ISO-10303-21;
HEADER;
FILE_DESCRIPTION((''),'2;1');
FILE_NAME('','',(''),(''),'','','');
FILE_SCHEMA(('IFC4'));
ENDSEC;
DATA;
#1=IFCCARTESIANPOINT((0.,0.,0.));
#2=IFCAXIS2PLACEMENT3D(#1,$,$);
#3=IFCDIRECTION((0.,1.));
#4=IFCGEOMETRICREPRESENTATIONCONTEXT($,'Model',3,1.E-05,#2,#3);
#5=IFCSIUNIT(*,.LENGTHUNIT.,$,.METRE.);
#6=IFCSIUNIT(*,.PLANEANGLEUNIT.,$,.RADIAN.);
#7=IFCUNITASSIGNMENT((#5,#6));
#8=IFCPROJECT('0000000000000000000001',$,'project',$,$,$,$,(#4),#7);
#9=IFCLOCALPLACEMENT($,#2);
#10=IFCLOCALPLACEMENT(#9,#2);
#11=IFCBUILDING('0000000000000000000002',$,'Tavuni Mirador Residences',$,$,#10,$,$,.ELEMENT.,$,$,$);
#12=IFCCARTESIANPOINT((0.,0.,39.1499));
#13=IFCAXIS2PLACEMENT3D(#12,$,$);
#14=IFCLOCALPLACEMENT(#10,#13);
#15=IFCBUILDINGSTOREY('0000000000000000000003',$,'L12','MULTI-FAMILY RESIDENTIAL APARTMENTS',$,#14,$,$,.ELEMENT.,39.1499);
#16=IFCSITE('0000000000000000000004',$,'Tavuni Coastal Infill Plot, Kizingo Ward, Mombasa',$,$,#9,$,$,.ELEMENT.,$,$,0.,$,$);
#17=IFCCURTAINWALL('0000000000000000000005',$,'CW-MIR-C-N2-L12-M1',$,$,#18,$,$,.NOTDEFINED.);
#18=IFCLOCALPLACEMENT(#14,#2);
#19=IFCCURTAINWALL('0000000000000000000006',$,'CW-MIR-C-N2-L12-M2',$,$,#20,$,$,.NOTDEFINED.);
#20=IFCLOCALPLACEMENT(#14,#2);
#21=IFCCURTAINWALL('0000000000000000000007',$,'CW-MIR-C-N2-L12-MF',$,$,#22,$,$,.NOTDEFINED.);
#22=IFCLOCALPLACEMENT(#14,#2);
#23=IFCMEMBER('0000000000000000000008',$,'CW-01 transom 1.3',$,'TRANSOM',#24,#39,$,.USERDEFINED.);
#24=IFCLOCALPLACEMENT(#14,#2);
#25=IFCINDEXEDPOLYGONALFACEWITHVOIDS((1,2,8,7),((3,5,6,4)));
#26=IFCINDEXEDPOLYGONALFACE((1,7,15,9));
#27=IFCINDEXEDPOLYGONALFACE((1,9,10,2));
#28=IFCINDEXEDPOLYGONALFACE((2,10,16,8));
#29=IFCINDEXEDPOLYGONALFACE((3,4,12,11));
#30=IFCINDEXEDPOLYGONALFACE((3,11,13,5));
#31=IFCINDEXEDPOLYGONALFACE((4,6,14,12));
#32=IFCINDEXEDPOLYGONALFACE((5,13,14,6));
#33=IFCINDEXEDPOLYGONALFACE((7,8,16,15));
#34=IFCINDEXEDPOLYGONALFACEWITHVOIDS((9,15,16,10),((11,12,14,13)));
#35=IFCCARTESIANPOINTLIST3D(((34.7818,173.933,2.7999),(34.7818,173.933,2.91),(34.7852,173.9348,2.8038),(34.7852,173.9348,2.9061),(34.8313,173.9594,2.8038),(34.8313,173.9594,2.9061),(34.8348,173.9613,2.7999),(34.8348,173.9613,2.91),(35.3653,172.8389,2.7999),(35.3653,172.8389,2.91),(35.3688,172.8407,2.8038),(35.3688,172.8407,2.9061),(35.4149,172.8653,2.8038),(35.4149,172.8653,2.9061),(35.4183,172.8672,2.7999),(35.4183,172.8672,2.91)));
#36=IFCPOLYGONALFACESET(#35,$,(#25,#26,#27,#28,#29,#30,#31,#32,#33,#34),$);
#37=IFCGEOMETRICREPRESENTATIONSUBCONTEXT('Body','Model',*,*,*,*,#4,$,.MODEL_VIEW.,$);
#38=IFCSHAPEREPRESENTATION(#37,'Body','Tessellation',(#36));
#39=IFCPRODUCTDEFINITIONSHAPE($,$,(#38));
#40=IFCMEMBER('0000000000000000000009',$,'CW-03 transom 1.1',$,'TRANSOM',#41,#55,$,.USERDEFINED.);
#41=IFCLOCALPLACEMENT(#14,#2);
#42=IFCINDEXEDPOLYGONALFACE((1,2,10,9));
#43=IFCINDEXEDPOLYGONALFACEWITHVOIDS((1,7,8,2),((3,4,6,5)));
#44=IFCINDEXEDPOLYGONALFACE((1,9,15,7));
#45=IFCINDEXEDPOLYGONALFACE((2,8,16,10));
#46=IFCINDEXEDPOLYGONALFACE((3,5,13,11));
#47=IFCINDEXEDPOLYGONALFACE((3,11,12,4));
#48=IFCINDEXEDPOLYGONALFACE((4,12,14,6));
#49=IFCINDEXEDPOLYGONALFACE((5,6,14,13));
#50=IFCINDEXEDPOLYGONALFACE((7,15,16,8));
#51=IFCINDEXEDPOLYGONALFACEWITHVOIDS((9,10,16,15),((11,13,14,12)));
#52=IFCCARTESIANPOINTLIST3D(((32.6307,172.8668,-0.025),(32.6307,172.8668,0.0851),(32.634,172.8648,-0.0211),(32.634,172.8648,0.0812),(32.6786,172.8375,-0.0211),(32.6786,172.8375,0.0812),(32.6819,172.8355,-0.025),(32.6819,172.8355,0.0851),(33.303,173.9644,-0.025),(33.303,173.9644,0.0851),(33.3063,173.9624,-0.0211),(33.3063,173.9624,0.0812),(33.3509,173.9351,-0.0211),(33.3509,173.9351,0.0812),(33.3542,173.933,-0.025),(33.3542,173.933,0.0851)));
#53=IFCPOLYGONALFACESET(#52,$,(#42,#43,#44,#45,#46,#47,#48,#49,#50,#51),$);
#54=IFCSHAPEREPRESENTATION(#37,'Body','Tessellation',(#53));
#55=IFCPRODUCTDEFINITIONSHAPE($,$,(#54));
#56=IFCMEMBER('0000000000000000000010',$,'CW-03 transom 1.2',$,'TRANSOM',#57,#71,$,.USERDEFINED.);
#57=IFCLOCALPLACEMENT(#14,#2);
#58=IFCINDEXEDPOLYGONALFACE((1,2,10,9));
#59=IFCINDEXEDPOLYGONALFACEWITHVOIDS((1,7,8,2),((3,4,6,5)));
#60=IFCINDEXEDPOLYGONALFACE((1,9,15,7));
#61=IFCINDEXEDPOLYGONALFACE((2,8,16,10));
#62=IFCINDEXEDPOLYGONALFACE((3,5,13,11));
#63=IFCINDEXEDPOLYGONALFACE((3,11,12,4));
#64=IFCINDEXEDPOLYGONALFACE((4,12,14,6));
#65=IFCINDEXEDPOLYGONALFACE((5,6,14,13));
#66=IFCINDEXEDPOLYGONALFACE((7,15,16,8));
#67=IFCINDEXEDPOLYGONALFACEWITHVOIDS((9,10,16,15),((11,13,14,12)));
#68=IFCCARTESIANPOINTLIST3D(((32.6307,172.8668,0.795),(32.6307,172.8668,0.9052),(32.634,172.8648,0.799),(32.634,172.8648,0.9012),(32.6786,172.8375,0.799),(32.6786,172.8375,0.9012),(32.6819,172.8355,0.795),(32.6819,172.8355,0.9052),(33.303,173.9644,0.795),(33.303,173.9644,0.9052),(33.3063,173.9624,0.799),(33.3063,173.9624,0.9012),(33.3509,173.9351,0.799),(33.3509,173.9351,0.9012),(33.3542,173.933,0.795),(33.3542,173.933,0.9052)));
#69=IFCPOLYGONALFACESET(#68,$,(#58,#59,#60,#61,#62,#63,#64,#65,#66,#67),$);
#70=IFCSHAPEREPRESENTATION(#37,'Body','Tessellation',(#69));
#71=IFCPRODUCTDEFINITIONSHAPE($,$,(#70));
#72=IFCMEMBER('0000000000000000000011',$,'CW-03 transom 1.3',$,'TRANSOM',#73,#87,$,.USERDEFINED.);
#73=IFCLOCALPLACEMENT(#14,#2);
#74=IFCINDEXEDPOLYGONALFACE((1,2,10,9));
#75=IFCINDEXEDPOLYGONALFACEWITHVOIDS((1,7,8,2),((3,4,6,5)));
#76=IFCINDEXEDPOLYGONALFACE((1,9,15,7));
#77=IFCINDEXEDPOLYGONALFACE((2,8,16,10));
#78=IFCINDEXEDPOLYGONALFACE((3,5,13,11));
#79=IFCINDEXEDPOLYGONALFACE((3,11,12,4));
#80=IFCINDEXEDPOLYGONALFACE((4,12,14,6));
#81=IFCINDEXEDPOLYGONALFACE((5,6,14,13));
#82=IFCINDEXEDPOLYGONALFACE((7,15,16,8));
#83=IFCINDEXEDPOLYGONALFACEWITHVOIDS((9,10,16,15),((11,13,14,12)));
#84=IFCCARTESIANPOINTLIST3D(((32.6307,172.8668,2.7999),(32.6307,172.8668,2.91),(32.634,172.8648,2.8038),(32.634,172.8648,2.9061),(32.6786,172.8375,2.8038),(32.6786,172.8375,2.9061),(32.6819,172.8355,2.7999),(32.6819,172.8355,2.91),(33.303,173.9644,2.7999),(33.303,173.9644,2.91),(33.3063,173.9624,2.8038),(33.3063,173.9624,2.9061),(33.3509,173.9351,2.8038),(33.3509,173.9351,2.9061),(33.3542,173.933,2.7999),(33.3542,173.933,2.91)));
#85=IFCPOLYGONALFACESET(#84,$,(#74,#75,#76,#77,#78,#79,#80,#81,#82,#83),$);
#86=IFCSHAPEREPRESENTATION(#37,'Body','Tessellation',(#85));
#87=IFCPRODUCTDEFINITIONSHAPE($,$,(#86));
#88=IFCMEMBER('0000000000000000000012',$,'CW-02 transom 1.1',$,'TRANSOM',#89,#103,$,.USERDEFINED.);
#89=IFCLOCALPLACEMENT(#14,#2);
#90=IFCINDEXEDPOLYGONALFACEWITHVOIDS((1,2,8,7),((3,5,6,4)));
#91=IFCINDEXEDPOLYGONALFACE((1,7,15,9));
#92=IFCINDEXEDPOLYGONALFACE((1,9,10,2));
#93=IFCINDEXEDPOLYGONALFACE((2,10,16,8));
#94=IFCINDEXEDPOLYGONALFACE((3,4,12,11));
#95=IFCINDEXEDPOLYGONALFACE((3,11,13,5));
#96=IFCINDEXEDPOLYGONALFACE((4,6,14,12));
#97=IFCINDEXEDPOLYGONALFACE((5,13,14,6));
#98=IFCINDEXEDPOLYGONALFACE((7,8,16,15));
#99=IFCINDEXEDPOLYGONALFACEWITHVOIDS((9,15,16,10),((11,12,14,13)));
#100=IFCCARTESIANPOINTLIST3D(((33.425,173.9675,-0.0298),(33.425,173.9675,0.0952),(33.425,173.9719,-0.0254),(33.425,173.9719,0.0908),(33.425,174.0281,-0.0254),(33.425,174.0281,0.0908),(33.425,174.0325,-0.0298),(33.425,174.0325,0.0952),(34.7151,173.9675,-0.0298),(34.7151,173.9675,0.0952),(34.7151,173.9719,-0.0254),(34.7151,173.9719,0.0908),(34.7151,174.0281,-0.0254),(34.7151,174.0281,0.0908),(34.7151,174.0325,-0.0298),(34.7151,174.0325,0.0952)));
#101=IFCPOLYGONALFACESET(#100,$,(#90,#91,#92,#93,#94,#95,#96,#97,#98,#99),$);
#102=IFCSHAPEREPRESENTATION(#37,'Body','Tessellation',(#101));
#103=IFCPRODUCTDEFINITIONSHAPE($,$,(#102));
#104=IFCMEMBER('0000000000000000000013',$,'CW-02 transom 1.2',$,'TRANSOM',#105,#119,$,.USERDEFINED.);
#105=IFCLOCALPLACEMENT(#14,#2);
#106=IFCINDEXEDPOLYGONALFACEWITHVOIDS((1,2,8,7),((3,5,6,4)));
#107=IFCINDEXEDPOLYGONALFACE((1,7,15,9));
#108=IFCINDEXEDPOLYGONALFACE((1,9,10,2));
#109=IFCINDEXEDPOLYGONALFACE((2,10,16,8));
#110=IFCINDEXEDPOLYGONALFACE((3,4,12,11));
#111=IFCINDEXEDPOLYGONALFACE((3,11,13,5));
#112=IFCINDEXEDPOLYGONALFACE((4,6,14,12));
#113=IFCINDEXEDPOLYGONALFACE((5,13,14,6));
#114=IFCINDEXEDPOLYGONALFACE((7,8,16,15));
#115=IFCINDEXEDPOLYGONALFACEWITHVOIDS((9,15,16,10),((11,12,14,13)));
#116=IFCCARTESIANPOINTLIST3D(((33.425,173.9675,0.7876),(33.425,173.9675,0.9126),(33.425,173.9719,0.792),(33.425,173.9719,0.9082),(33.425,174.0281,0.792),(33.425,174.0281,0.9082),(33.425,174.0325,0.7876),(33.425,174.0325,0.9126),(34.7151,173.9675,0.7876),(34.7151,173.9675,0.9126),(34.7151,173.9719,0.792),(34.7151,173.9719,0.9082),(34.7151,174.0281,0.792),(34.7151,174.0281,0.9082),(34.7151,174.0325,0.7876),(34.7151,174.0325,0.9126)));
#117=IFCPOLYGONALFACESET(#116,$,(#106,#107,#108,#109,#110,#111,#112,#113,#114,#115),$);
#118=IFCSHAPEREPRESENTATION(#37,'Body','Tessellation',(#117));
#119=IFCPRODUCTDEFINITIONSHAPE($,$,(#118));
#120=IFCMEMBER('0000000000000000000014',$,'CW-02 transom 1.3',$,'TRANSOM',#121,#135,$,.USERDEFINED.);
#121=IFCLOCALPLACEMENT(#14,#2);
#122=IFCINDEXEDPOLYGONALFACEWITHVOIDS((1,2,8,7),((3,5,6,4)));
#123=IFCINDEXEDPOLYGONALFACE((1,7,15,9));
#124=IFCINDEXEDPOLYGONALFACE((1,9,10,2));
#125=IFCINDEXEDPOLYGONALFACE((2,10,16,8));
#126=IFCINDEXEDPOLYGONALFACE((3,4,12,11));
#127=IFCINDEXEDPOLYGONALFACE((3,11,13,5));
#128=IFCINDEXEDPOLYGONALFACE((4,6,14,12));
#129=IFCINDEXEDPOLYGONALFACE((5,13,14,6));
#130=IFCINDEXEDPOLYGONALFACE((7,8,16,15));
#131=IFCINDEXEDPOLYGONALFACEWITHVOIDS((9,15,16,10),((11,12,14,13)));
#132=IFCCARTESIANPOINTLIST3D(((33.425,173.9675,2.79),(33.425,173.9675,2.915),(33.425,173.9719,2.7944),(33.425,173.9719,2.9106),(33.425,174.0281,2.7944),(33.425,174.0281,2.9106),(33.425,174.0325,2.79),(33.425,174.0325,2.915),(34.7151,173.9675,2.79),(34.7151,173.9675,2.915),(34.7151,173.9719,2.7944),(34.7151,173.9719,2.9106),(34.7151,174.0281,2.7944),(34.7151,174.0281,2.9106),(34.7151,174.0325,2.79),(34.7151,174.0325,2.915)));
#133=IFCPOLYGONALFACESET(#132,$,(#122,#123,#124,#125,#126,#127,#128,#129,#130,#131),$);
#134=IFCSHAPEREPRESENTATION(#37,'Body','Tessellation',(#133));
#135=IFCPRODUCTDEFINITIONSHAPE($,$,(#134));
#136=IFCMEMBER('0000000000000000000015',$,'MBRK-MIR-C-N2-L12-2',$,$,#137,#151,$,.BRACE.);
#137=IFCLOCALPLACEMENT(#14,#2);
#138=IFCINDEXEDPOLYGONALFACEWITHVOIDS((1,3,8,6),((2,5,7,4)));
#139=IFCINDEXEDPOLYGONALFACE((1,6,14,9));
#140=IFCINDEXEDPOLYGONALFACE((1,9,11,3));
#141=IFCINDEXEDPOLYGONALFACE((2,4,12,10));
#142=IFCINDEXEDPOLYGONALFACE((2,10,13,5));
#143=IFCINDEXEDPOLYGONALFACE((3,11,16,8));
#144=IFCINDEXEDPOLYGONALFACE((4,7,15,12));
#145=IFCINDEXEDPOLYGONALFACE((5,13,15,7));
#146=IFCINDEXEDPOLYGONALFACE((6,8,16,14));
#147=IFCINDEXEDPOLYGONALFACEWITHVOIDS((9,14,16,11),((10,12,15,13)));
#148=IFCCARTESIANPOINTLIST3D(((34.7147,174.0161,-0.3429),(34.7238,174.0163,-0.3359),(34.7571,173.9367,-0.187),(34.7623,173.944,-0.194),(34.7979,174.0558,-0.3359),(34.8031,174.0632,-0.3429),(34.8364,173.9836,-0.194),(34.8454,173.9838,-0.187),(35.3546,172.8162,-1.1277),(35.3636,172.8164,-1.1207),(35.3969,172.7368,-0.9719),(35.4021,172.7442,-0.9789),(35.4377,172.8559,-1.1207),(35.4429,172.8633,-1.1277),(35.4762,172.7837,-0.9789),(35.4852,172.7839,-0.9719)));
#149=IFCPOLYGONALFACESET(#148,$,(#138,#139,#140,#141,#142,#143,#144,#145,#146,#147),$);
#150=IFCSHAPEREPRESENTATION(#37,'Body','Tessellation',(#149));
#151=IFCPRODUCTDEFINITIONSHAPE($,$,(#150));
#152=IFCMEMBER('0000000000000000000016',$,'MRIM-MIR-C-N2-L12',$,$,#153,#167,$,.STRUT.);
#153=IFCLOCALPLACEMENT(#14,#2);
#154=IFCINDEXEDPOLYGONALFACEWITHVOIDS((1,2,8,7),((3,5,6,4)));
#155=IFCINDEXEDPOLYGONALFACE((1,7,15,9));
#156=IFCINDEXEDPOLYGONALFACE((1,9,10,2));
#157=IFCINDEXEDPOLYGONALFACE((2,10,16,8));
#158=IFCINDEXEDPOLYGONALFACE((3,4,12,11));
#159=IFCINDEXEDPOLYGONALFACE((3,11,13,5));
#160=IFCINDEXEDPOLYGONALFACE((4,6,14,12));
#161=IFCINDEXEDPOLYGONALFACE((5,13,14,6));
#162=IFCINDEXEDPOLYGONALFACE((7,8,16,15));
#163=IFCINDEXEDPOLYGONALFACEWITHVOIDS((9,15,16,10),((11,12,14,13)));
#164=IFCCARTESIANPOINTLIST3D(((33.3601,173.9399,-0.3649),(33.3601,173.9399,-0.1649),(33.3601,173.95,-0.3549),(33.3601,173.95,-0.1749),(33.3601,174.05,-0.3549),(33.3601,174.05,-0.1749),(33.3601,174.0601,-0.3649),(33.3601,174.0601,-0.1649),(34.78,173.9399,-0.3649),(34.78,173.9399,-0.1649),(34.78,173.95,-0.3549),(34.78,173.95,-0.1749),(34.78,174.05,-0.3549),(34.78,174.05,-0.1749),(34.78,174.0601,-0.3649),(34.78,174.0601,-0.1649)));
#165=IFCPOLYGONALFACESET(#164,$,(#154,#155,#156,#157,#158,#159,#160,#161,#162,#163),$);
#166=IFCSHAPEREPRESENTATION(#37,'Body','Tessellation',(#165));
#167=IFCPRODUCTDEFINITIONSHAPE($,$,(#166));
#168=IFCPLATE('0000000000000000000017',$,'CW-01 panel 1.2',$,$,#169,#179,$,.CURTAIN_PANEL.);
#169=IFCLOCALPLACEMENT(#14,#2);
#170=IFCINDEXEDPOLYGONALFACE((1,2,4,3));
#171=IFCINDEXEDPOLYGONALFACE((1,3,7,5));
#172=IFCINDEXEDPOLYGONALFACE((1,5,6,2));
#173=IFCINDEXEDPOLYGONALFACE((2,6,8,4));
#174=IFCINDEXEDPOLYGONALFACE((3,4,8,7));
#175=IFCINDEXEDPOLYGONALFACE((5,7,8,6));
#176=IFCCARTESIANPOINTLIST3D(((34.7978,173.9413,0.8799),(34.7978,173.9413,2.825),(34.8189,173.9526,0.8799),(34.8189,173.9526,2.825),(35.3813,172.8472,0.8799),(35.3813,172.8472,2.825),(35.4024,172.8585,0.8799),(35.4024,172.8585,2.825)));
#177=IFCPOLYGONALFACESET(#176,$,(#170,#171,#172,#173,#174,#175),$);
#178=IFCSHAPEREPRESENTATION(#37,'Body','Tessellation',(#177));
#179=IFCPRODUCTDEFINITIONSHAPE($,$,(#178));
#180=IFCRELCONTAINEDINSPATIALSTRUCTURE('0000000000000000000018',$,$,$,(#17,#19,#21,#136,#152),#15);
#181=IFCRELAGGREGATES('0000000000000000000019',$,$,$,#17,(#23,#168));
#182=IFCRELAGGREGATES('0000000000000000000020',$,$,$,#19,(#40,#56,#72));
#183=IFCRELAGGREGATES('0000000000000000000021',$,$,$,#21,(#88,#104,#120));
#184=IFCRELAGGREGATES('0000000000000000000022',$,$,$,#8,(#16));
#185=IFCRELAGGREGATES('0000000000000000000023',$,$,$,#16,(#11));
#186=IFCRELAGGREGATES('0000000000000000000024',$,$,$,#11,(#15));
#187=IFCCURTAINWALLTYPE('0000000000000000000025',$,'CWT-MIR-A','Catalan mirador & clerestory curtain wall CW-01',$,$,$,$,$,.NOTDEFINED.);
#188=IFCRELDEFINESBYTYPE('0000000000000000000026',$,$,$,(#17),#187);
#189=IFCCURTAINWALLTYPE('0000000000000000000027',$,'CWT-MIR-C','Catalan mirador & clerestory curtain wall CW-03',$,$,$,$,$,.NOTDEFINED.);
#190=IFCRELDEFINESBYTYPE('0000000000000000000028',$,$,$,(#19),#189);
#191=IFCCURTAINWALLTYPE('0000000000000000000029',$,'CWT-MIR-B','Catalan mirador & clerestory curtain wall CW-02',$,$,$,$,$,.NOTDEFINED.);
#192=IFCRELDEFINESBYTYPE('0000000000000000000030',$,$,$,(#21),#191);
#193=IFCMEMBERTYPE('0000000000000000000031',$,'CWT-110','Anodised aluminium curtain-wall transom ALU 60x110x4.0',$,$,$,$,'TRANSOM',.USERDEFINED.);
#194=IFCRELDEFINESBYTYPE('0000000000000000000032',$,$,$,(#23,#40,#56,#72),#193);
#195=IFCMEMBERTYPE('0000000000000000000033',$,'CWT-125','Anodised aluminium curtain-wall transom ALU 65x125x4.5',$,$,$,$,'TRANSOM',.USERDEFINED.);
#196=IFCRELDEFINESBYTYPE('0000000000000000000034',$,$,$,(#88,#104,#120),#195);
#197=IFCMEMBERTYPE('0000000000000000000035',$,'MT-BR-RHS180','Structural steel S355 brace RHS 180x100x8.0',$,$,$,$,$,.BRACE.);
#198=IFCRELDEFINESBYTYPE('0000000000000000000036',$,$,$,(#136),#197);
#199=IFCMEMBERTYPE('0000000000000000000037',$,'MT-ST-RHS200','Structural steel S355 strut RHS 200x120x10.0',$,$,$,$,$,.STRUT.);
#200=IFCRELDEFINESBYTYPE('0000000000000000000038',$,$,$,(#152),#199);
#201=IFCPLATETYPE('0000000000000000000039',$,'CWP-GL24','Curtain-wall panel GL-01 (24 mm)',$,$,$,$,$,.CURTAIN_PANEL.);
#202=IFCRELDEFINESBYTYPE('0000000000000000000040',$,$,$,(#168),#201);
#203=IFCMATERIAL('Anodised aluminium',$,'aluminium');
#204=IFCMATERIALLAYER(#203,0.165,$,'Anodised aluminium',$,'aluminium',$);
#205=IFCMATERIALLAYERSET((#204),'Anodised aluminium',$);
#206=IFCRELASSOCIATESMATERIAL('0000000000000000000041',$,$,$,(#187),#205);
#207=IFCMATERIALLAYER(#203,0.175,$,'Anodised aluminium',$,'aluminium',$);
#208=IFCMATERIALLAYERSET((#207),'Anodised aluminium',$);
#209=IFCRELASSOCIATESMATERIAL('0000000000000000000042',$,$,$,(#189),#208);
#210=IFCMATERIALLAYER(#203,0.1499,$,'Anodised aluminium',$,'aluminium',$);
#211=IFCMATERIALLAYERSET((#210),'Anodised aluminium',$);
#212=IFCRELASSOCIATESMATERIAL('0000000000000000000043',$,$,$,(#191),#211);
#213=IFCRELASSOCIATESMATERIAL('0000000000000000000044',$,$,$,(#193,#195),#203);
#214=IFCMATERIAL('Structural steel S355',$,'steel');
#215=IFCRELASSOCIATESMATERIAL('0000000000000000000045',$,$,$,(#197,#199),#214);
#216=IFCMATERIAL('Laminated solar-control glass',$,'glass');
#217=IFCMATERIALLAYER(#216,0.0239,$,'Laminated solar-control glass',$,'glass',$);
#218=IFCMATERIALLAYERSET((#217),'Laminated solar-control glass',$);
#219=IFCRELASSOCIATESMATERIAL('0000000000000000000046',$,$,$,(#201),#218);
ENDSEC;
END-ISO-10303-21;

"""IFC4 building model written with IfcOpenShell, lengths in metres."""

from ifc_helpers import new_model, si_unit, direction, frame, origin, origin_2d, place, context, subcontext, project, spatial, rectangle, hollow_rectangle, extrude, material, layer, layer_set, material_profile, profile_set, type_object, element, aggregate, save


model = new_model("IFC4")

# Units and contexts
model_context = context("Model", 3, precision=1e-05, world=origin(), true_north=direction((0.0, 1.0)))
body_context = subcontext(model_context, "Body", "Model", "MODEL_VIEW")
ifc_project = project(units=[si_unit("LENGTHUNIT", "METRE"), si_unit("PLANEANGLEUNIT", "RADIAN")], contexts=[model_context])

# Site, building, storey
site_placement = place(None, origin())
site = spatial("IfcSite", under=ifc_project, at=site_placement, Name="Tavuni Coastal Infill Plot, Kizingo Ward, Mombasa", CompositionType="ELEMENT", RefElevation=0.0)
building_placement = place(site_placement, origin())
building = spatial("IfcBuilding", under=site, at=building_placement, Name="Tavuni Mirador Residences", CompositionType="ELEMENT")
storey_placement = place(building_placement, frame((0.0, 0.0, 39.1499)))
storey = spatial("IfcBuildingStorey", under=building, at=storey_placement, Name="L12", Description="MULTI-FAMILY RESIDENTIAL APARTMENTS", CompositionType="ELEMENT", Elevation=39.1499)

# Curtain walls
ifc_material_1 = material(Name="Anodised aluminium", Category="aluminium")
ifc_layer_1 = layer(ifc_material_1, 0.165, Name="Anodised aluminium", Category="aluminium")
ifc_layer_set_1 = layer_set([ifc_layer_1], Name="Anodised aluminium")
curtain_wall_type_1 = type_object("IfcCurtainWallType", Name="CWT-MIR-A", Description="Catalan mirador & clerestory curtain wall CW-01", PredefinedType="NOTDEFINED", material=ifc_layer_set_1)
curtain_wall_1_placement = place(storey_placement, origin())
curtain_wall_1 = element("IfcCurtainWall", 1, at=curtain_wall_1_placement, inside=storey, type_object=curtain_wall_type_1, Name="CW-MIR-C-N2-L12-M1", PredefinedType="NOTDEFINED")
ifc_layer_2 = layer(ifc_material_1, 0.175, Name="Anodised aluminium", Category="aluminium")
ifc_layer_set_2 = layer_set([ifc_layer_2], Name="Anodised aluminium")
curtain_wall_type_2 = type_object("IfcCurtainWallType", Name="CWT-MIR-C", Description="Catalan mirador & clerestory curtain wall CW-03", PredefinedType="NOTDEFINED", material=ifc_layer_set_2)
curtain_wall_2_placement = place(storey_placement, origin())
curtain_wall_2 = element("IfcCurtainWall", 2, at=curtain_wall_2_placement, inside=storey, type_object=curtain_wall_type_2, Name="CW-MIR-C-N2-L12-M2", PredefinedType="NOTDEFINED")
ifc_layer_3 = layer(ifc_material_1, 0.1499, Name="Anodised aluminium", Category="aluminium")
ifc_layer_set_3 = layer_set([ifc_layer_3], Name="Anodised aluminium")
curtain_wall_type_3 = type_object("IfcCurtainWallType", Name="CWT-MIR-B", Description="Catalan mirador & clerestory curtain wall CW-02", PredefinedType="NOTDEFINED", material=ifc_layer_set_3)
curtain_wall_3_placement = place(storey_placement, origin())
curtain_wall_3 = element("IfcCurtainWall", 3, at=curtain_wall_3_placement, inside=storey, type_object=curtain_wall_type_3, Name="CW-MIR-C-N2-L12-MF", PredefinedType="NOTDEFINED")

# Members
ifc_material_profile_1 = material_profile(ifc_material_1, hollow_rectangle(XDim=0.0601, YDim=0.1101, WallThickness=0.0039, at=origin_2d()), Name="ALU 60x110x4.0", Category="aluminium")
ifc_profile_set_1 = profile_set([ifc_material_profile_1], Name="Anodised aluminium")
member_type_1 = type_object("IfcMemberType", Name="CWT-110", Description="Anodised aluminium curtain-wall transom ALU 60x110x4.0", ElementType="TRANSOM", PredefinedType="USERDEFINED", material=ifc_profile_set_1)
member_1_placement = place(storey_placement, frame((35.3918, 172.853, 2.855), z_axis=(-0.470609, 0.882342, 0.0), x_axis=(-0.882342, -0.470609, 0.0)))
member_1 = element("IfcMember", 4, at=member_1_placement, type_object=member_type_1, Name="CW-01 transom 1.3", ObjectType="TRANSOM", PredefinedType="USERDEFINED", context=body_context, shape_type="SweptSolid", body=[
    extrude(hollow_rectangle(XDim=0.0601, YDim=0.1101, WallThickness=0.0039, at=origin_2d()), origin(), (0.0, 0.0, 1.0), 1.24),
])
member_2_placement = place(storey_placement, frame((33.3286, 173.9487, 0.03), z_axis=(-0.52234, -0.852738, 0.0), x_axis=(0.852738, -0.52234, 0.0)))
member_2 = element("IfcMember", 5, at=member_2_placement, type_object=member_type_1, Name="CW-03 transom 1.1", ObjectType="TRANSOM", PredefinedType="USERDEFINED", context=body_context, shape_type="SweptSolid", body=[
    extrude(hollow_rectangle(XDim=0.0601, YDim=0.1101, WallThickness=0.0039, at=origin_2d()), origin(), (0.0, 0.0, 1.0), 1.2871),
])
member_3_placement = place(storey_placement, frame((33.3286, 173.9487, 0.8501), z_axis=(-0.52234, -0.852738, 0.0), x_axis=(0.852738, -0.52234, 0.0)))
member_3 = element("IfcMember", 6, at=member_3_placement, type_object=member_type_1, Name="CW-03 transom 1.2", ObjectType="TRANSOM", PredefinedType="USERDEFINED", context=body_context, shape_type="SweptSolid", body=[
    extrude(hollow_rectangle(XDim=0.0601, YDim=0.1101, WallThickness=0.0039, at=origin_2d()), origin(), (0.0, 0.0, 1.0), 1.2871),
])
member_4_placement = place(storey_placement, frame((33.3286, 173.9487, 2.855), z_axis=(-0.52234, -0.852738, 0.0), x_axis=(0.852738, -0.52234, 0.0)))
member_4 = element("IfcMember", 7, at=member_4_placement, type_object=member_type_1, Name="CW-03 transom 1.3", ObjectType="TRANSOM", PredefinedType="USERDEFINED", context=body_context, shape_type="SweptSolid", body=[
    extrude(hollow_rectangle(XDim=0.0601, YDim=0.1101, WallThickness=0.0039, at=origin_2d()), origin(), (0.0, 0.0, 1.0), 1.2871),
])
ifc_material_profile_2 = material_profile(ifc_material_1, hollow_rectangle(XDim=0.0649, YDim=0.125, WallThickness=0.0044, at=origin_2d()), Name="ALU 65x125x4.5", Category="aluminium")
ifc_profile_set_2 = profile_set([ifc_material_profile_2], Name="Anodised aluminium")
member_type_2 = type_object("IfcMemberType", Name="CWT-125", Description="Anodised aluminium curtain-wall transom ALU 65x125x4.5", ElementType="TRANSOM", PredefinedType="USERDEFINED", material=ifc_profile_set_2)
member_5_placement = place(storey_placement, frame((34.7151, 174.0, 0.0327), z_axis=(-1.0, 0.0, 0.0), x_axis=(0.0, -1.0, 0.0)))
member_5 = element("IfcMember", 8, at=member_5_placement, type_object=member_type_2, Name="CW-02 transom 1.1", ObjectType="TRANSOM", PredefinedType="USERDEFINED", context=body_context, shape_type="SweptSolid", body=[
    extrude(hollow_rectangle(XDim=0.0649, YDim=0.125, WallThickness=0.0044, at=origin_2d()), origin(), (0.0, 0.0, 1.0), 1.29),
])
member_6_placement = place(storey_placement, frame((34.7151, 174.0, 0.8501), z_axis=(-1.0, 0.0, 0.0), x_axis=(0.0, -1.0, 0.0)))
member_6 = element("IfcMember", 9, at=member_6_placement, type_object=member_type_2, Name="CW-02 transom 1.2", ObjectType="TRANSOM", PredefinedType="USERDEFINED", context=body_context, shape_type="SweptSolid", body=[
    extrude(hollow_rectangle(XDim=0.0649, YDim=0.125, WallThickness=0.0044, at=origin_2d()), origin(), (0.0, 0.0, 1.0), 1.29),
])
member_7_placement = place(storey_placement, frame((34.7151, 174.0, 2.8525), z_axis=(-1.0, 0.0, 0.0), x_axis=(0.0, -1.0, 0.0)))
member_7 = element("IfcMember", 10, at=member_7_placement, type_object=member_type_2, Name="CW-02 transom 1.3", ObjectType="TRANSOM", PredefinedType="USERDEFINED", context=body_context, shape_type="SweptSolid", body=[
    extrude(hollow_rectangle(XDim=0.0649, YDim=0.125, WallThickness=0.0044, at=origin_2d()), origin(), (0.0, 0.0, 1.0), 1.29),
])

# Members
ifc_material_2 = material(Name="Structural steel S355", Category="steel")
ifc_material_profile_3 = material_profile(ifc_material_2, hollow_rectangle(XDim=0.1001, YDim=0.1799, WallThickness=0.0081, at=origin_2d()), Name="RHS 180x100x8.0", Category="steel")
ifc_profile_set_3 = profile_set([ifc_material_profile_3], Name="Structural steel S355")
member_type_3 = type_object("IfcMemberType", Name="MT-BR-RHS180", Description="Structural steel S355 brace RHS 180x100x8.0", PredefinedType="BRACE", material=ifc_profile_set_3)
member_8_placement = place(storey_placement, frame((35.4199, 172.8, -1.0498), z_axis=(-0.407531, 0.764218, 0.49989), x_axis=(-0.882378, -0.470542, 0.0)))
element("IfcMember", 11, at=member_8_placement, inside=storey, type_object=member_type_3, Name="MBRK-MIR-C-N2-L12-2", PredefinedType="BRACE", context=body_context, shape_type="SweptSolid", body=[
    extrude(hollow_rectangle(XDim=0.1001, YDim=0.1799, WallThickness=0.0081, at=origin_2d()), origin(), (0.0, 0.0, 1.0), 1.5701),
])
ifc_material_profile_4 = material_profile(ifc_material_2, hollow_rectangle(XDim=0.1201, YDim=0.2, WallThickness=0.01, at=origin_2d()), Name="RHS 200x120x10.0", Category="steel")
ifc_profile_set_4 = profile_set([ifc_material_profile_4], Name="Structural steel S355")
member_type_4 = type_object("IfcMemberType", Name="MT-ST-RHS200", Description="Structural steel S355 strut RHS 200x120x10.0", PredefinedType="STRUT", material=ifc_profile_set_4)
member_9_placement = place(storey_placement, frame((33.3601, 174.0, -0.2649), z_axis=(1.0, 0.0, 0.0), x_axis=(0.0, 1.0, 0.0)))
element("IfcMember", 12, at=member_9_placement, inside=storey, type_object=member_type_4, Name="MRIM-MIR-C-N2-L12", PredefinedType="STRUT", context=body_context, shape_type="SweptSolid", body=[
    extrude(hollow_rectangle(XDim=0.1201, YDim=0.2, WallThickness=0.01, at=origin_2d()), origin(), (0.0, 0.0, 1.0), 1.4199),
])

# Plate
ifc_material_3 = material(Name="Laminated solar-control glass", Category="glass")
ifc_layer_4 = layer(ifc_material_3, 0.0239, Name="Laminated solar-control glass", Category="glass")
ifc_layer_set_4 = layer_set([ifc_layer_4], Name="Laminated solar-control glass")
plate_type_1 = type_object("IfcPlateType", Name="CWP-GL24", Description="Curtain-wall panel GL-01 (24 mm)", PredefinedType="CURTAIN_PANEL", material=ifc_layer_set_4)
plate_1_placement = place(storey_placement, frame((35.1001, 173.3999, 0.8799), z_axis=(0.0, 0.0, 1.0), x_axis=(-0.470588, 0.882353, 0.0)))
plate_1 = element("IfcPlate", 13, at=plate_1_placement, type_object=plate_type_1, Name="CW-01 panel 1.2", PredefinedType="CURTAIN_PANEL", context=body_context, shape_type="SweptSolid", body=[
    extrude(rectangle(XDim=1.24, YDim=0.0239, at=origin_2d()), origin(), (0.0, 0.0, 1.0), 1.9451),
])
aggregate(curtain_wall_1, [member_1, plate_1])
aggregate(curtain_wall_2, [member_2, member_3, member_4])
aggregate(curtain_wall_3, [member_5, member_6, member_7])

save(model, "model.ifc")
